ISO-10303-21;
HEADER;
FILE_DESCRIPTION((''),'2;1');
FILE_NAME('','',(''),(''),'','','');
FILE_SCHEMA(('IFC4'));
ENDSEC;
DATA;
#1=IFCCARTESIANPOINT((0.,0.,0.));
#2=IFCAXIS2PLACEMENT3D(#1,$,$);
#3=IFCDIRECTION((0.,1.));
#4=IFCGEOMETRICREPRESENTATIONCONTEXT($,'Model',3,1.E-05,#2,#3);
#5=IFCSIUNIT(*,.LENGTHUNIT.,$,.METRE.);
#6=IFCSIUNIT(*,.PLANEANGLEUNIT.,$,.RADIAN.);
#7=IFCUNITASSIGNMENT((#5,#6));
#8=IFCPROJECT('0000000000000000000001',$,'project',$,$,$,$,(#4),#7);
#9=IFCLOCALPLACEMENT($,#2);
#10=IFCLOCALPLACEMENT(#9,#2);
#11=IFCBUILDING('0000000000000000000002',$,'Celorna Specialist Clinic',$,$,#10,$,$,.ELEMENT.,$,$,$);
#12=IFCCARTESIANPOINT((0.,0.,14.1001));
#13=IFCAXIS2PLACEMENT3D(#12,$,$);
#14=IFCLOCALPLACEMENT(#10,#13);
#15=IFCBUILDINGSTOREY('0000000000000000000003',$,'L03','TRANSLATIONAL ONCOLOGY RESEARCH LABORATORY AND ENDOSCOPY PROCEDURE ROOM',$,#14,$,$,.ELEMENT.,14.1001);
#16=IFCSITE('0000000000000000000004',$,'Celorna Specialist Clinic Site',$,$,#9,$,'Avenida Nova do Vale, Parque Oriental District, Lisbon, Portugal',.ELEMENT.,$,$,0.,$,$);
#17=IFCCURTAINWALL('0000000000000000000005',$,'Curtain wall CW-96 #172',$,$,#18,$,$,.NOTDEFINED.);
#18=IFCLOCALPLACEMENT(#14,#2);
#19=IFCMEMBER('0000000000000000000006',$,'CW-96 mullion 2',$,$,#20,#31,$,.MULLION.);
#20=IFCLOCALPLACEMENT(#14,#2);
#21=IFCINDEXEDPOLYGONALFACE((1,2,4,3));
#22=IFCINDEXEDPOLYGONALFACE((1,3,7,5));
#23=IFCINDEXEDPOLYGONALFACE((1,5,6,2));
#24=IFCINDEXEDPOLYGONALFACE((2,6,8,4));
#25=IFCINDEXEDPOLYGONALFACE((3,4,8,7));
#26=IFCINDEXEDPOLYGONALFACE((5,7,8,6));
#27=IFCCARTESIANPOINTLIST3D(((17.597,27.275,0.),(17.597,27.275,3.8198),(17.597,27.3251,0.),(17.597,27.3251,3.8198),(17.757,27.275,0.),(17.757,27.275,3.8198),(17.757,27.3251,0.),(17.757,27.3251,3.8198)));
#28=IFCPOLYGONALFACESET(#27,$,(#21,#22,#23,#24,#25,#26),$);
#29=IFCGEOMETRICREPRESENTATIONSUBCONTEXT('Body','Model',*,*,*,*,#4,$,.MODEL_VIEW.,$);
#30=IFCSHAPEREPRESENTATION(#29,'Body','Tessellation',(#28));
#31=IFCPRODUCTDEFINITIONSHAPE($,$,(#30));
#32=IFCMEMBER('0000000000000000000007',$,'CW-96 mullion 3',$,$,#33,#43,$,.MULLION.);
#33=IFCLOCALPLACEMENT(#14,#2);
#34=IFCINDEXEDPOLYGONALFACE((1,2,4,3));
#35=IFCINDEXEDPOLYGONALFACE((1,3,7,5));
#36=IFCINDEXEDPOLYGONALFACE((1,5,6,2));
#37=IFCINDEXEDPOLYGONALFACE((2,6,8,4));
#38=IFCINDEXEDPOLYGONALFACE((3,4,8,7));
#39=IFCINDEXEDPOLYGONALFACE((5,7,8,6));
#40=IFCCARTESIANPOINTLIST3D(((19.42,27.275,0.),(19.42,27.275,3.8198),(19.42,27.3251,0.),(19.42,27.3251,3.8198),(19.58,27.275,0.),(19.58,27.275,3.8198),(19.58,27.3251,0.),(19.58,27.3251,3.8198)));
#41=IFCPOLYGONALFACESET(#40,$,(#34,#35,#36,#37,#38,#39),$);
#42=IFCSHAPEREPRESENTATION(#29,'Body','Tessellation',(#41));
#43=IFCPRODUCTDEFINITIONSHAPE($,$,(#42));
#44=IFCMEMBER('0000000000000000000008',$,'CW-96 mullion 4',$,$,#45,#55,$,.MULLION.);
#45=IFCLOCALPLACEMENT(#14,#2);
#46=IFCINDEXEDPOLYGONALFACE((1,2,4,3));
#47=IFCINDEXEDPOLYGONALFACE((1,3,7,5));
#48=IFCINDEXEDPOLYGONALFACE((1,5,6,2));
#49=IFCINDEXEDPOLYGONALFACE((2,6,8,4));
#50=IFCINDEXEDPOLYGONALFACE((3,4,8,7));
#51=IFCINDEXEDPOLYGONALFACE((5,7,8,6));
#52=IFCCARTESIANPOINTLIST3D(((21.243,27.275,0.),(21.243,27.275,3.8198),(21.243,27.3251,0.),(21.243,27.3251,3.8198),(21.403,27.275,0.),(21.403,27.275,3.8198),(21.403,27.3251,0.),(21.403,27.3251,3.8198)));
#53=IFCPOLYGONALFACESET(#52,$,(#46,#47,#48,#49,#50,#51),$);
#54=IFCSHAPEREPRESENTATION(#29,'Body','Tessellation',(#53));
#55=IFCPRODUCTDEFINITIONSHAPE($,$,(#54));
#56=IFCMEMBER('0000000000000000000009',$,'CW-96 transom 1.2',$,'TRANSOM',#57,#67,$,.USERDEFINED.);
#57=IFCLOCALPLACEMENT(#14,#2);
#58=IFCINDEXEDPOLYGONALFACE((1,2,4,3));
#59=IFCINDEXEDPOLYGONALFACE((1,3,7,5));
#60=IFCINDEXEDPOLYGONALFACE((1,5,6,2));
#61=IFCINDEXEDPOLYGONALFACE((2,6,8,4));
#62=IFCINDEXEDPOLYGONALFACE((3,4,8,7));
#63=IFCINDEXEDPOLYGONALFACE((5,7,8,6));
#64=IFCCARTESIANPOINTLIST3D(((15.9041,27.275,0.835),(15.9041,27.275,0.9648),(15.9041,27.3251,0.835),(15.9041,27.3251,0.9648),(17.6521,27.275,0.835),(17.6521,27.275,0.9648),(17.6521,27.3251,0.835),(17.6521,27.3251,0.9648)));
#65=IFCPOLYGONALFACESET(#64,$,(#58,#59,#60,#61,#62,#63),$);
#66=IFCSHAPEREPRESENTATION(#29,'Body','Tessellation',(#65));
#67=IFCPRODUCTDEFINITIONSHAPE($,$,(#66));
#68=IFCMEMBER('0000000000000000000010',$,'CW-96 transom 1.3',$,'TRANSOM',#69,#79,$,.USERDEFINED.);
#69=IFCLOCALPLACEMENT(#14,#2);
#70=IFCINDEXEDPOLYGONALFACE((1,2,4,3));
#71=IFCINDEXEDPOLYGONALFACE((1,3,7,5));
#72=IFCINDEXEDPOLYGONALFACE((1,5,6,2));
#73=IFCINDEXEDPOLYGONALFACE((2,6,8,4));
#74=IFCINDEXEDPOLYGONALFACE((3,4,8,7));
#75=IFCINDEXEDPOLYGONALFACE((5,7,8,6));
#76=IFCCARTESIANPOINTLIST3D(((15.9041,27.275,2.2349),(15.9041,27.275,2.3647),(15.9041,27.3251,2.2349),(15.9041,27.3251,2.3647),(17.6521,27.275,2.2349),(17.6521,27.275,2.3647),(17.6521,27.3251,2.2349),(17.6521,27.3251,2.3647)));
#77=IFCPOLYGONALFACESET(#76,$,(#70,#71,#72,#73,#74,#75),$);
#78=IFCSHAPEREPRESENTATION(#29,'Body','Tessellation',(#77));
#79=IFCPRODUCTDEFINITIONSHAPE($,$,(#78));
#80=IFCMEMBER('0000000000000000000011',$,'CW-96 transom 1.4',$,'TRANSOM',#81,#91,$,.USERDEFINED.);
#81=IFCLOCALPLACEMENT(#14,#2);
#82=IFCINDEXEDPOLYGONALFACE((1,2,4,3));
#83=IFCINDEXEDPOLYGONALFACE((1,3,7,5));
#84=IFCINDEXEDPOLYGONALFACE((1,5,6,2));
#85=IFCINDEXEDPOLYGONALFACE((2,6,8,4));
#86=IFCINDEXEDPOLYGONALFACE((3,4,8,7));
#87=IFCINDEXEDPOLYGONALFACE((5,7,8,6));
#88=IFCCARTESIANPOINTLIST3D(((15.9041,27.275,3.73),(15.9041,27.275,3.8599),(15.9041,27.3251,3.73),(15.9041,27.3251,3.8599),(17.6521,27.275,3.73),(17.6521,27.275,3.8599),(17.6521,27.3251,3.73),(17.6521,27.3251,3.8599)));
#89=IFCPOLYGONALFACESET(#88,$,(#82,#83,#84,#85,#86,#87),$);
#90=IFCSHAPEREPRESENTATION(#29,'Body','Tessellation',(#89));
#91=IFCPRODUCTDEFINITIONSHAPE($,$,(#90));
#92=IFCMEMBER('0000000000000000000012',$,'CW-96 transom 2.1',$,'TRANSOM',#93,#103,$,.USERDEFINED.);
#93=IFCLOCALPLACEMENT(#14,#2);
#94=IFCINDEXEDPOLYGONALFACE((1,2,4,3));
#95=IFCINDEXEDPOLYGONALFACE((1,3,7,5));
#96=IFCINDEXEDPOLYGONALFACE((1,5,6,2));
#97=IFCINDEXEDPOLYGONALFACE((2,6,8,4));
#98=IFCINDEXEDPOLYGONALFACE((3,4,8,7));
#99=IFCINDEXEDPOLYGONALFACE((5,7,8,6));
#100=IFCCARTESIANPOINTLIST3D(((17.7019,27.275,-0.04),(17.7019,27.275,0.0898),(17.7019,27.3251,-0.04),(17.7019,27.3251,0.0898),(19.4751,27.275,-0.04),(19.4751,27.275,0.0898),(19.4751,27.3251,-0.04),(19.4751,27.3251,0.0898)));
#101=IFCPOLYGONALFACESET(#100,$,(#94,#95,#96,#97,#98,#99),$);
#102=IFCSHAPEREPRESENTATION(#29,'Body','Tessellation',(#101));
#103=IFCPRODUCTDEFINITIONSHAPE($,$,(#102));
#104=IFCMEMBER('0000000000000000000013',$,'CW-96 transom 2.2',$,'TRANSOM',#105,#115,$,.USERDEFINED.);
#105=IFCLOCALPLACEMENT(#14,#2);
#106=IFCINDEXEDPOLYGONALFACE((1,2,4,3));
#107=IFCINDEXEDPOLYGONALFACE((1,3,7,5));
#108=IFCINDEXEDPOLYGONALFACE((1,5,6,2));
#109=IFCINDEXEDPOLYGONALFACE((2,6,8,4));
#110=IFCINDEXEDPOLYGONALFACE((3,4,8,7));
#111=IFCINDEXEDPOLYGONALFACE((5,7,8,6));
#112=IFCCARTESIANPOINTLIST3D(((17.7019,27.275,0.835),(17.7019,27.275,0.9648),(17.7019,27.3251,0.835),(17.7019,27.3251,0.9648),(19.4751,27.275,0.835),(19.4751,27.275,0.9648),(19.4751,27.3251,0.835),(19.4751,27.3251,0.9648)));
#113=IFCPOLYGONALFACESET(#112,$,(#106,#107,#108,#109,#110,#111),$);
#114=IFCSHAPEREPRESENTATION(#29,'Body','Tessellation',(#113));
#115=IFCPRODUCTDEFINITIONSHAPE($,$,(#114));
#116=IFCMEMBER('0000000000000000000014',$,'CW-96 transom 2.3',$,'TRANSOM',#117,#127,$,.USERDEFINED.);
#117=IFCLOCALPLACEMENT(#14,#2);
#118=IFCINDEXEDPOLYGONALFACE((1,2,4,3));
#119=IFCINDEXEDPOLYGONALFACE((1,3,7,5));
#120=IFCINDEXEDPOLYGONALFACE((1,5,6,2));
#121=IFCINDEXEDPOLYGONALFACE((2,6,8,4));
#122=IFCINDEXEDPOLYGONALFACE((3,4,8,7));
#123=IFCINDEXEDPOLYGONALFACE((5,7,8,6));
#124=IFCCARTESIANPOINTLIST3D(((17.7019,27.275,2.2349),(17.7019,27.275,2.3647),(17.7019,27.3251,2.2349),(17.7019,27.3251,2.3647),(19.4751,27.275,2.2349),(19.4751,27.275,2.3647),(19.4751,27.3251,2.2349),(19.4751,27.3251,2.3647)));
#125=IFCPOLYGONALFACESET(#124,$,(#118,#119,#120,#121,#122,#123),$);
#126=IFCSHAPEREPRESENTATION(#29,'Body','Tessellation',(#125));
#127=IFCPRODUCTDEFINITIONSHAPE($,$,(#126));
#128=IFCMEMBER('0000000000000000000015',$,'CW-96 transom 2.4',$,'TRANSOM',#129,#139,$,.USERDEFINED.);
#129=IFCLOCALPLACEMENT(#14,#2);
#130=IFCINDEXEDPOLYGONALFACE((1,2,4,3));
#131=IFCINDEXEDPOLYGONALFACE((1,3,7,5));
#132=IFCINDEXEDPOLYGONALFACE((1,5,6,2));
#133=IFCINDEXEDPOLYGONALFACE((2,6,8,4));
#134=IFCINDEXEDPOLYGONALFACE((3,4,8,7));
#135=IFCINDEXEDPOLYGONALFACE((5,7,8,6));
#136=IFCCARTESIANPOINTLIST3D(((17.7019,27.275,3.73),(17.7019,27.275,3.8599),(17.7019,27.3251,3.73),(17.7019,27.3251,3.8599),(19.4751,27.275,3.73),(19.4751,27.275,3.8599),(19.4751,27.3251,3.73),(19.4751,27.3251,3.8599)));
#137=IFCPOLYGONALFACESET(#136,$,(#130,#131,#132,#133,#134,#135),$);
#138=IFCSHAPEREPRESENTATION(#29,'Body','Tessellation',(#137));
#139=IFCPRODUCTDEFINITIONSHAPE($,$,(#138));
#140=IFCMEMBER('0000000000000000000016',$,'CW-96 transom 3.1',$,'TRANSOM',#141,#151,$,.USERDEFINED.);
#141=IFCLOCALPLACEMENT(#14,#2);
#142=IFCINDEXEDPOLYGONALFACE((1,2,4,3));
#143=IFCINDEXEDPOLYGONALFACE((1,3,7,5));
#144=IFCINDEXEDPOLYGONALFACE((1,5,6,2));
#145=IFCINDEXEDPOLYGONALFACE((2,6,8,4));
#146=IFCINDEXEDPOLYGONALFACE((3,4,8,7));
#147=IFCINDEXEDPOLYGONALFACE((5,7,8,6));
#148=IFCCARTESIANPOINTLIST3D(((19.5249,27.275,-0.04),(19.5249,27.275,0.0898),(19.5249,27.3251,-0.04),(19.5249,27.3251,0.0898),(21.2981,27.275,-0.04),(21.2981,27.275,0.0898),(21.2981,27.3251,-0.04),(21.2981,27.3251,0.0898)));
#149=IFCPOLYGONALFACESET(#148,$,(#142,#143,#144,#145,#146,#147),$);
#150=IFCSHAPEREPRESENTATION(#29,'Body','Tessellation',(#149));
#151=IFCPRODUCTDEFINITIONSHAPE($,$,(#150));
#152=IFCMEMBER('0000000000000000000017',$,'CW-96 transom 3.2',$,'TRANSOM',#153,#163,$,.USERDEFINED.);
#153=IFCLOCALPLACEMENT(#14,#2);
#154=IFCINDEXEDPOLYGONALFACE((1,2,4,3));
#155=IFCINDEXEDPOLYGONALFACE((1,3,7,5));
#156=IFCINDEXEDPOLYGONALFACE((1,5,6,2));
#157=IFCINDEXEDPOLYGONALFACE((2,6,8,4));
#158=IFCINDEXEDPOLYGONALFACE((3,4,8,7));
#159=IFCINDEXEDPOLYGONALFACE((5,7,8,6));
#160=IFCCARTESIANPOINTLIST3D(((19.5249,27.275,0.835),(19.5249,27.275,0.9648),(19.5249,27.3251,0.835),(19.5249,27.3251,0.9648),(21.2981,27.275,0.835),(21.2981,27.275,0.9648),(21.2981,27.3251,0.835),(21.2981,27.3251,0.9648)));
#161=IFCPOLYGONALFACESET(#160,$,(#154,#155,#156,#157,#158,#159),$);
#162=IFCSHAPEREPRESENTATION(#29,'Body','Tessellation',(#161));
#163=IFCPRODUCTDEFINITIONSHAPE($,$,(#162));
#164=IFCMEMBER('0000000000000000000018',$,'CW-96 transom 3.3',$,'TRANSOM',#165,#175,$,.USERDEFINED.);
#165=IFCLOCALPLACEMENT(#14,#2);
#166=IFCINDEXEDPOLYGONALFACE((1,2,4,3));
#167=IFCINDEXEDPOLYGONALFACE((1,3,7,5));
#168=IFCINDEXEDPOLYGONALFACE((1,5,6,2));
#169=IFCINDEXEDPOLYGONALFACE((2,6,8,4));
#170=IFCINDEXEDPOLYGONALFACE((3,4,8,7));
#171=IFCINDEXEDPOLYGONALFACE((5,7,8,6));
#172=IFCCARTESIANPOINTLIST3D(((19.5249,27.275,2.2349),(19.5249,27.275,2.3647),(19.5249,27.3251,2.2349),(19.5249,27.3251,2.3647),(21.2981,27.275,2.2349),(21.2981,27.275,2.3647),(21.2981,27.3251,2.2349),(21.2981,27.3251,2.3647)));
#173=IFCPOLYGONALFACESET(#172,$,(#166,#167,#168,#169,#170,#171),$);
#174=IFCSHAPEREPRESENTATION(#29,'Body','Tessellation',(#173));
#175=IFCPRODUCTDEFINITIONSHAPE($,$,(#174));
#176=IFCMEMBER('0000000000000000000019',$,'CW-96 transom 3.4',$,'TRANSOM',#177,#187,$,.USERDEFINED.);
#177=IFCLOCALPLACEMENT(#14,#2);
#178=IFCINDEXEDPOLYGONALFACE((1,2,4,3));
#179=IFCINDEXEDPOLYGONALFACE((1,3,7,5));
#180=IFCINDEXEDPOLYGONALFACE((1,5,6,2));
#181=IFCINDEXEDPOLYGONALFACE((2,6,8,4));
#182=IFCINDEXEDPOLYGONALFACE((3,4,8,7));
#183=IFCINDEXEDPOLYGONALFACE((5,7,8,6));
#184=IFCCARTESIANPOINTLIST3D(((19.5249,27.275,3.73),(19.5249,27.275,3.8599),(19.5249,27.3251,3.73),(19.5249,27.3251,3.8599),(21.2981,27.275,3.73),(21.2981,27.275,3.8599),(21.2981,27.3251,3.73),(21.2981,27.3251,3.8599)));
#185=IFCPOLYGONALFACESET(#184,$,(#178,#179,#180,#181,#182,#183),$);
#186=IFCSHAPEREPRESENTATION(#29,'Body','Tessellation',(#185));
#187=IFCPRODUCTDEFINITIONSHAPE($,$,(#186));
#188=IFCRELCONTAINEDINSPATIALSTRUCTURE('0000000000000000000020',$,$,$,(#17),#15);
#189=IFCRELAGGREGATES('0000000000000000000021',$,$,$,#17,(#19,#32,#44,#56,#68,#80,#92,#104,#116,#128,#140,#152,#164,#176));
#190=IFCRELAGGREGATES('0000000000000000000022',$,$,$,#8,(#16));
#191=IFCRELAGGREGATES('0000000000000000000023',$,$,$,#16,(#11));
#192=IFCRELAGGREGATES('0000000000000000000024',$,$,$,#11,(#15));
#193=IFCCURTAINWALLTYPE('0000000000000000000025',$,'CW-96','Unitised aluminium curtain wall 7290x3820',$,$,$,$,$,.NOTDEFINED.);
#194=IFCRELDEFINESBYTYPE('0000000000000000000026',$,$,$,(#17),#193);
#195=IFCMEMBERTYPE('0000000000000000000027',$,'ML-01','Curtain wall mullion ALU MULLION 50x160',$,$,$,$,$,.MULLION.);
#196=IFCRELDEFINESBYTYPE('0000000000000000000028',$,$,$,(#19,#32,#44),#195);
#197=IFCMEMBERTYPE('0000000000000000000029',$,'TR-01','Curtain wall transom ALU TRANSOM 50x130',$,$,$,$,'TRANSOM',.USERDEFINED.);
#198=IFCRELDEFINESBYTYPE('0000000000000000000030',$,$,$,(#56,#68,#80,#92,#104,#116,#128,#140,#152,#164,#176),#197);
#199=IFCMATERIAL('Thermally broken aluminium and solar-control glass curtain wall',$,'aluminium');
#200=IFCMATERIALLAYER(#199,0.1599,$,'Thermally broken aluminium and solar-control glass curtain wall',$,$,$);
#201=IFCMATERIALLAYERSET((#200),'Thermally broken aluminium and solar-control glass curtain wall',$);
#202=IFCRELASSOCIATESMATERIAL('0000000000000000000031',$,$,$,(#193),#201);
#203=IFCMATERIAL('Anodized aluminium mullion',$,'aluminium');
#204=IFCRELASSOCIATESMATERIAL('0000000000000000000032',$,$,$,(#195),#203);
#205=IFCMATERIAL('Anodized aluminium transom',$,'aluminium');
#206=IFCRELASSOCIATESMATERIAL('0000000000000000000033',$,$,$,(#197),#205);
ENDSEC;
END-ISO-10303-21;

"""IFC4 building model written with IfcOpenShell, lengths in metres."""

from ifc_helpers import new_model, si_unit, direction, frame, origin, origin_2d, place, context, subcontext, project, spatial, rectangle, extrude, material, layer, layer_set, material_profile, profile_set, type_object, element, aggregate, save


model = new_model("IFC4")

# Units and contexts
model_context = context("Model", 3, precision=1e-05, world=origin(), true_north=direction((0.0, 1.0)))
body_context = subcontext(model_context, "Body", "Model", "MODEL_VIEW")
ifc_project = project(units=[si_unit("LENGTHUNIT", "METRE"), si_unit("PLANEANGLEUNIT", "RADIAN")], contexts=[model_context])

# Site, building, storey
site_placement = place(None, origin())
site = spatial("IfcSite", under=ifc_project, at=site_placement, Name="Celorna Specialist Clinic Site", LongName="Avenida Nova do Vale, Parque Oriental District, Lisbon, Portugal", CompositionType="ELEMENT", RefElevation=0.0)
building_placement = place(site_placement, origin())
building = spatial("IfcBuilding", under=site, at=building_placement, Name="Celorna Specialist Clinic", CompositionType="ELEMENT")
storey_placement = place(building_placement, frame((0.0, 0.0, 14.1001)))
storey = spatial("IfcBuildingStorey", under=building, at=storey_placement, Name="L03", Description="TRANSLATIONAL ONCOLOGY RESEARCH LABORATORY AND ENDOSCOPY PROCEDURE ROOM", CompositionType="ELEMENT", Elevation=14.1001)

# Curtain wall, members
ifc_material_1 = material(Name="Thermally broken aluminium and solar-control glass curtain wall", Category="aluminium")
ifc_layer_1 = layer(ifc_material_1, 0.1599, Name="Thermally broken aluminium and solar-control glass curtain wall")
ifc_layer_set_1 = layer_set([ifc_layer_1], Name="Thermally broken aluminium and solar-control glass curtain wall")
curtain_wall_type = type_object("IfcCurtainWallType", Name="CW-96", Description="Unitised aluminium curtain wall 7290x3820", PredefinedType="NOTDEFINED", material=ifc_layer_set_1)
curtain_wall_placement = place(storey_placement, origin())
curtain_wall = element("IfcCurtainWall", 1, at=curtain_wall_placement, inside=storey, type_object=curtain_wall_type, Name="Curtain wall CW-96 #172", PredefinedType="NOTDEFINED")
ifc_material_2 = material(Name="Anodized aluminium mullion", Category="aluminium")
ifc_material_profile_1 = material_profile(ifc_material_2, rectangle(XDim=0.05, YDim=0.1599, at=origin_2d()), Name="ALU MULLION 50x160")
ifc_profile_set_1 = profile_set([ifc_material_profile_1], Name="Anodized aluminium mullion")
member_type_1 = type_object("IfcMemberType", Name="ML-01", Description="Curtain wall mullion ALU MULLION 50x160", PredefinedType="MULLION", material=ifc_profile_set_1)
member_1_placement = place(storey_placement, frame((17.677, 27.3, 0.0), z_axis=(0.0, 0.0, 1.0), x_axis=(0.0, 1.0, 0.0)))
member_1 = element("IfcMember", 2, at=member_1_placement, type_object=member_type_1, Name="CW-96 mullion 2", PredefinedType="MULLION", context=body_context, shape_type="SweptSolid", body=[
    extrude(rectangle(XDim=0.05, YDim=0.1599, at=origin_2d()), origin(), (0.0, 0.0, 1.0), 3.8198),
])
member_2_placement = place(storey_placement, frame((19.5, 27.3, 0.0), z_axis=(0.0, 0.0, 1.0), x_axis=(0.0, 1.0, 0.0)))
member_2 = element("IfcMember", 3, at=member_2_placement, type_object=member_type_1, Name="CW-96 mullion 3", PredefinedType="MULLION", context=body_context, shape_type="SweptSolid", body=[
    extrude(rectangle(XDim=0.05, YDim=0.1599, at=origin_2d()), origin(), (0.0, 0.0, 1.0), 3.8198),
])
member_3_placement = place(storey_placement, frame((21.323, 27.3, 0.0), z_axis=(0.0, 0.0, 1.0), x_axis=(0.0, 1.0, 0.0)))
member_3 = element("IfcMember", 4, at=member_3_placement, type_object=member_type_1, Name="CW-96 mullion 4", PredefinedType="MULLION", context=body_context, shape_type="SweptSolid", body=[
    extrude(rectangle(XDim=0.05, YDim=0.1599, at=origin_2d()), origin(), (0.0, 0.0, 1.0), 3.8198),
])
ifc_material_3 = material(Name="Anodized aluminium transom", Category="aluminium")
ifc_material_profile_2 = material_profile(ifc_material_3, rectangle(XDim=0.05, YDim=0.1299, at=origin_2d()), Name="ALU TRANSOM 50x130")
ifc_profile_set_2 = profile_set([ifc_material_profile_2], Name="Anodized aluminium transom")
member_type_2 = type_object("IfcMemberType", Name="TR-01", Description="Curtain wall transom ALU TRANSOM 50x130", ElementType="TRANSOM", PredefinedType="USERDEFINED", material=ifc_profile_set_2)
member_4_placement = place(storey_placement, frame((15.9041, 27.3, 0.8999), z_axis=(1.0, 0.0, 0.0), x_axis=(0.0, 1.0, 0.0)))
member_4 = element("IfcMember", 5, at=member_4_placement, type_object=member_type_2, Name="CW-96 transom 1.2", ObjectType="TRANSOM", PredefinedType="USERDEFINED", context=body_context, shape_type="SweptSolid", body=[
    extrude(rectangle(XDim=0.05, YDim=0.1299, at=origin_2d()), origin(), (0.0, 0.0, 1.0), 1.748),
])
member_5_placement = place(storey_placement, frame((15.9041, 27.3, 2.2998), z_axis=(1.0, 0.0, 0.0), x_axis=(0.0, 1.0, 0.0)))
member_5 = element("IfcMember", 6, at=member_5_placement, type_object=member_type_2, Name="CW-96 transom 1.3", ObjectType="TRANSOM", PredefinedType="USERDEFINED", context=body_context, shape_type="SweptSolid", body=[
    extrude(rectangle(XDim=0.05, YDim=0.1299, at=origin_2d()), origin(), (0.0, 0.0, 1.0), 1.748),
])
member_6_placement = place(storey_placement, frame((15.9041, 27.3, 3.7949), z_axis=(1.0, 0.0, 0.0), x_axis=(0.0, 1.0, 0.0)))
member_6 = element("IfcMember", 7, at=member_6_placement, type_object=member_type_2, Name="CW-96 transom 1.4", ObjectType="TRANSOM", PredefinedType="USERDEFINED", context=body_context, shape_type="SweptSolid", body=[
    extrude(rectangle(XDim=0.05, YDim=0.1299, at=origin_2d()), origin(), (0.0, 0.0, 1.0), 1.748),
])
member_7_placement = place(storey_placement, frame((17.7019, 27.3, 0.0249), z_axis=(1.0, 0.0, 0.0), x_axis=(0.0, 1.0, 0.0)))
member_7 = element("IfcMember", 8, at=member_7_placement, type_object=member_type_2, Name="CW-96 transom 2.1", ObjectType="TRANSOM", PredefinedType="USERDEFINED", context=body_context, shape_type="SweptSolid", body=[
    extrude(rectangle(XDim=0.05, YDim=0.1299, at=origin_2d()), origin(), (0.0, 0.0, 1.0), 1.7732),
])
member_8_placement = place(storey_placement, frame((17.7019, 27.3, 0.8999), z_axis=(1.0, 0.0, 0.0), x_axis=(0.0, 1.0, 0.0)))
member_8 = element("IfcMember", 9, at=member_8_placement, type_object=member_type_2, Name="CW-96 transom 2.2", ObjectType="TRANSOM", PredefinedType="USERDEFINED", context=body_context, shape_type="SweptSolid", body=[
    extrude(rectangle(XDim=0.05, YDim=0.1299, at=origin_2d()), origin(), (0.0, 0.0, 1.0), 1.7732),
])
member_9_placement = place(storey_placement, frame((17.7019, 27.3, 2.2998), z_axis=(1.0, 0.0, 0.0), x_axis=(0.0, 1.0, 0.0)))
member_9 = element("IfcMember", 10, at=member_9_placement, type_object=member_type_2, Name="CW-96 transom 2.3", ObjectType="TRANSOM", PredefinedType="USERDEFINED", context=body_context, shape_type="SweptSolid", body=[
    extrude(rectangle(XDim=0.05, YDim=0.1299, at=origin_2d()), origin(), (0.0, 0.0, 1.0), 1.7732),
])
member_10_placement = place(storey_placement, frame((17.7019, 27.3, 3.7949), z_axis=(1.0, 0.0, 0.0), x_axis=(0.0, 1.0, 0.0)))
member_10 = element("IfcMember", 11, at=member_10_placement, type_object=member_type_2, Name="CW-96 transom 2.4", ObjectType="TRANSOM", PredefinedType="USERDEFINED", context=body_context, shape_type="SweptSolid", body=[
    extrude(rectangle(XDim=0.05, YDim=0.1299, at=origin_2d()), origin(), (0.0, 0.0, 1.0), 1.7732),
])
member_11_placement = place(storey_placement, frame((19.5249, 27.3, 0.0249), z_axis=(1.0, 0.0, 0.0), x_axis=(0.0, 1.0, 0.0)))
member_11 = element("IfcMember", 12, at=member_11_placement, type_object=member_type_2, Name="CW-96 transom 3.1", ObjectType="TRANSOM", PredefinedType="USERDEFINED", context=body_context, shape_type="SweptSolid", body=[
    extrude(rectangle(XDim=0.05, YDim=0.1299, at=origin_2d()), origin(), (0.0, 0.0, 1.0), 1.7732),
])
member_12_placement = place(storey_placement, frame((19.5249, 27.3, 0.8999), z_axis=(1.0, 0.0, 0.0), x_axis=(0.0, 1.0, 0.0)))
member_12 = element("IfcMember", 13, at=member_12_placement, type_object=member_type_2, Name="CW-96 transom 3.2", ObjectType="TRANSOM", PredefinedType="USERDEFINED", context=body_context, shape_type="SweptSolid", body=[
    extrude(rectangle(XDim=0.05, YDim=0.1299, at=origin_2d()), origin(), (0.0, 0.0, 1.0), 1.7732),
])
member_13_placement = place(storey_placement, frame((19.5249, 27.3, 2.2998), z_axis=(1.0, 0.0, 0.0), x_axis=(0.0, 1.0, 0.0)))
member_13 = element("IfcMember", 14, at=member_13_placement, type_object=member_type_2, Name="CW-96 transom 3.3", ObjectType="TRANSOM", PredefinedType="USERDEFINED", context=body_context, shape_type="SweptSolid", body=[
    extrude(rectangle(XDim=0.05, YDim=0.1299, at=origin_2d()), origin(), (0.0, 0.0, 1.0), 1.7732),
])
member_14_placement = place(storey_placement, frame((19.5249, 27.3, 3.7949), z_axis=(1.0, 0.0, 0.0), x_axis=(0.0, 1.0, 0.0)))
member_14 = element("IfcMember", 15, at=member_14_placement, type_object=member_type_2, Name="CW-96 transom 3.4", ObjectType="TRANSOM", PredefinedType="USERDEFINED", context=body_context, shape_type="SweptSolid", body=[
    extrude(rectangle(XDim=0.05, YDim=0.1299, at=origin_2d()), origin(), (0.0, 0.0, 1.0), 1.7732),
])
aggregate(curtain_wall, [member_1, member_2, member_3, member_4, member_5, member_6, member_7, member_8, member_9, member_10, member_11, member_12, member_13, member_14])

save(model, "model.ifc")
